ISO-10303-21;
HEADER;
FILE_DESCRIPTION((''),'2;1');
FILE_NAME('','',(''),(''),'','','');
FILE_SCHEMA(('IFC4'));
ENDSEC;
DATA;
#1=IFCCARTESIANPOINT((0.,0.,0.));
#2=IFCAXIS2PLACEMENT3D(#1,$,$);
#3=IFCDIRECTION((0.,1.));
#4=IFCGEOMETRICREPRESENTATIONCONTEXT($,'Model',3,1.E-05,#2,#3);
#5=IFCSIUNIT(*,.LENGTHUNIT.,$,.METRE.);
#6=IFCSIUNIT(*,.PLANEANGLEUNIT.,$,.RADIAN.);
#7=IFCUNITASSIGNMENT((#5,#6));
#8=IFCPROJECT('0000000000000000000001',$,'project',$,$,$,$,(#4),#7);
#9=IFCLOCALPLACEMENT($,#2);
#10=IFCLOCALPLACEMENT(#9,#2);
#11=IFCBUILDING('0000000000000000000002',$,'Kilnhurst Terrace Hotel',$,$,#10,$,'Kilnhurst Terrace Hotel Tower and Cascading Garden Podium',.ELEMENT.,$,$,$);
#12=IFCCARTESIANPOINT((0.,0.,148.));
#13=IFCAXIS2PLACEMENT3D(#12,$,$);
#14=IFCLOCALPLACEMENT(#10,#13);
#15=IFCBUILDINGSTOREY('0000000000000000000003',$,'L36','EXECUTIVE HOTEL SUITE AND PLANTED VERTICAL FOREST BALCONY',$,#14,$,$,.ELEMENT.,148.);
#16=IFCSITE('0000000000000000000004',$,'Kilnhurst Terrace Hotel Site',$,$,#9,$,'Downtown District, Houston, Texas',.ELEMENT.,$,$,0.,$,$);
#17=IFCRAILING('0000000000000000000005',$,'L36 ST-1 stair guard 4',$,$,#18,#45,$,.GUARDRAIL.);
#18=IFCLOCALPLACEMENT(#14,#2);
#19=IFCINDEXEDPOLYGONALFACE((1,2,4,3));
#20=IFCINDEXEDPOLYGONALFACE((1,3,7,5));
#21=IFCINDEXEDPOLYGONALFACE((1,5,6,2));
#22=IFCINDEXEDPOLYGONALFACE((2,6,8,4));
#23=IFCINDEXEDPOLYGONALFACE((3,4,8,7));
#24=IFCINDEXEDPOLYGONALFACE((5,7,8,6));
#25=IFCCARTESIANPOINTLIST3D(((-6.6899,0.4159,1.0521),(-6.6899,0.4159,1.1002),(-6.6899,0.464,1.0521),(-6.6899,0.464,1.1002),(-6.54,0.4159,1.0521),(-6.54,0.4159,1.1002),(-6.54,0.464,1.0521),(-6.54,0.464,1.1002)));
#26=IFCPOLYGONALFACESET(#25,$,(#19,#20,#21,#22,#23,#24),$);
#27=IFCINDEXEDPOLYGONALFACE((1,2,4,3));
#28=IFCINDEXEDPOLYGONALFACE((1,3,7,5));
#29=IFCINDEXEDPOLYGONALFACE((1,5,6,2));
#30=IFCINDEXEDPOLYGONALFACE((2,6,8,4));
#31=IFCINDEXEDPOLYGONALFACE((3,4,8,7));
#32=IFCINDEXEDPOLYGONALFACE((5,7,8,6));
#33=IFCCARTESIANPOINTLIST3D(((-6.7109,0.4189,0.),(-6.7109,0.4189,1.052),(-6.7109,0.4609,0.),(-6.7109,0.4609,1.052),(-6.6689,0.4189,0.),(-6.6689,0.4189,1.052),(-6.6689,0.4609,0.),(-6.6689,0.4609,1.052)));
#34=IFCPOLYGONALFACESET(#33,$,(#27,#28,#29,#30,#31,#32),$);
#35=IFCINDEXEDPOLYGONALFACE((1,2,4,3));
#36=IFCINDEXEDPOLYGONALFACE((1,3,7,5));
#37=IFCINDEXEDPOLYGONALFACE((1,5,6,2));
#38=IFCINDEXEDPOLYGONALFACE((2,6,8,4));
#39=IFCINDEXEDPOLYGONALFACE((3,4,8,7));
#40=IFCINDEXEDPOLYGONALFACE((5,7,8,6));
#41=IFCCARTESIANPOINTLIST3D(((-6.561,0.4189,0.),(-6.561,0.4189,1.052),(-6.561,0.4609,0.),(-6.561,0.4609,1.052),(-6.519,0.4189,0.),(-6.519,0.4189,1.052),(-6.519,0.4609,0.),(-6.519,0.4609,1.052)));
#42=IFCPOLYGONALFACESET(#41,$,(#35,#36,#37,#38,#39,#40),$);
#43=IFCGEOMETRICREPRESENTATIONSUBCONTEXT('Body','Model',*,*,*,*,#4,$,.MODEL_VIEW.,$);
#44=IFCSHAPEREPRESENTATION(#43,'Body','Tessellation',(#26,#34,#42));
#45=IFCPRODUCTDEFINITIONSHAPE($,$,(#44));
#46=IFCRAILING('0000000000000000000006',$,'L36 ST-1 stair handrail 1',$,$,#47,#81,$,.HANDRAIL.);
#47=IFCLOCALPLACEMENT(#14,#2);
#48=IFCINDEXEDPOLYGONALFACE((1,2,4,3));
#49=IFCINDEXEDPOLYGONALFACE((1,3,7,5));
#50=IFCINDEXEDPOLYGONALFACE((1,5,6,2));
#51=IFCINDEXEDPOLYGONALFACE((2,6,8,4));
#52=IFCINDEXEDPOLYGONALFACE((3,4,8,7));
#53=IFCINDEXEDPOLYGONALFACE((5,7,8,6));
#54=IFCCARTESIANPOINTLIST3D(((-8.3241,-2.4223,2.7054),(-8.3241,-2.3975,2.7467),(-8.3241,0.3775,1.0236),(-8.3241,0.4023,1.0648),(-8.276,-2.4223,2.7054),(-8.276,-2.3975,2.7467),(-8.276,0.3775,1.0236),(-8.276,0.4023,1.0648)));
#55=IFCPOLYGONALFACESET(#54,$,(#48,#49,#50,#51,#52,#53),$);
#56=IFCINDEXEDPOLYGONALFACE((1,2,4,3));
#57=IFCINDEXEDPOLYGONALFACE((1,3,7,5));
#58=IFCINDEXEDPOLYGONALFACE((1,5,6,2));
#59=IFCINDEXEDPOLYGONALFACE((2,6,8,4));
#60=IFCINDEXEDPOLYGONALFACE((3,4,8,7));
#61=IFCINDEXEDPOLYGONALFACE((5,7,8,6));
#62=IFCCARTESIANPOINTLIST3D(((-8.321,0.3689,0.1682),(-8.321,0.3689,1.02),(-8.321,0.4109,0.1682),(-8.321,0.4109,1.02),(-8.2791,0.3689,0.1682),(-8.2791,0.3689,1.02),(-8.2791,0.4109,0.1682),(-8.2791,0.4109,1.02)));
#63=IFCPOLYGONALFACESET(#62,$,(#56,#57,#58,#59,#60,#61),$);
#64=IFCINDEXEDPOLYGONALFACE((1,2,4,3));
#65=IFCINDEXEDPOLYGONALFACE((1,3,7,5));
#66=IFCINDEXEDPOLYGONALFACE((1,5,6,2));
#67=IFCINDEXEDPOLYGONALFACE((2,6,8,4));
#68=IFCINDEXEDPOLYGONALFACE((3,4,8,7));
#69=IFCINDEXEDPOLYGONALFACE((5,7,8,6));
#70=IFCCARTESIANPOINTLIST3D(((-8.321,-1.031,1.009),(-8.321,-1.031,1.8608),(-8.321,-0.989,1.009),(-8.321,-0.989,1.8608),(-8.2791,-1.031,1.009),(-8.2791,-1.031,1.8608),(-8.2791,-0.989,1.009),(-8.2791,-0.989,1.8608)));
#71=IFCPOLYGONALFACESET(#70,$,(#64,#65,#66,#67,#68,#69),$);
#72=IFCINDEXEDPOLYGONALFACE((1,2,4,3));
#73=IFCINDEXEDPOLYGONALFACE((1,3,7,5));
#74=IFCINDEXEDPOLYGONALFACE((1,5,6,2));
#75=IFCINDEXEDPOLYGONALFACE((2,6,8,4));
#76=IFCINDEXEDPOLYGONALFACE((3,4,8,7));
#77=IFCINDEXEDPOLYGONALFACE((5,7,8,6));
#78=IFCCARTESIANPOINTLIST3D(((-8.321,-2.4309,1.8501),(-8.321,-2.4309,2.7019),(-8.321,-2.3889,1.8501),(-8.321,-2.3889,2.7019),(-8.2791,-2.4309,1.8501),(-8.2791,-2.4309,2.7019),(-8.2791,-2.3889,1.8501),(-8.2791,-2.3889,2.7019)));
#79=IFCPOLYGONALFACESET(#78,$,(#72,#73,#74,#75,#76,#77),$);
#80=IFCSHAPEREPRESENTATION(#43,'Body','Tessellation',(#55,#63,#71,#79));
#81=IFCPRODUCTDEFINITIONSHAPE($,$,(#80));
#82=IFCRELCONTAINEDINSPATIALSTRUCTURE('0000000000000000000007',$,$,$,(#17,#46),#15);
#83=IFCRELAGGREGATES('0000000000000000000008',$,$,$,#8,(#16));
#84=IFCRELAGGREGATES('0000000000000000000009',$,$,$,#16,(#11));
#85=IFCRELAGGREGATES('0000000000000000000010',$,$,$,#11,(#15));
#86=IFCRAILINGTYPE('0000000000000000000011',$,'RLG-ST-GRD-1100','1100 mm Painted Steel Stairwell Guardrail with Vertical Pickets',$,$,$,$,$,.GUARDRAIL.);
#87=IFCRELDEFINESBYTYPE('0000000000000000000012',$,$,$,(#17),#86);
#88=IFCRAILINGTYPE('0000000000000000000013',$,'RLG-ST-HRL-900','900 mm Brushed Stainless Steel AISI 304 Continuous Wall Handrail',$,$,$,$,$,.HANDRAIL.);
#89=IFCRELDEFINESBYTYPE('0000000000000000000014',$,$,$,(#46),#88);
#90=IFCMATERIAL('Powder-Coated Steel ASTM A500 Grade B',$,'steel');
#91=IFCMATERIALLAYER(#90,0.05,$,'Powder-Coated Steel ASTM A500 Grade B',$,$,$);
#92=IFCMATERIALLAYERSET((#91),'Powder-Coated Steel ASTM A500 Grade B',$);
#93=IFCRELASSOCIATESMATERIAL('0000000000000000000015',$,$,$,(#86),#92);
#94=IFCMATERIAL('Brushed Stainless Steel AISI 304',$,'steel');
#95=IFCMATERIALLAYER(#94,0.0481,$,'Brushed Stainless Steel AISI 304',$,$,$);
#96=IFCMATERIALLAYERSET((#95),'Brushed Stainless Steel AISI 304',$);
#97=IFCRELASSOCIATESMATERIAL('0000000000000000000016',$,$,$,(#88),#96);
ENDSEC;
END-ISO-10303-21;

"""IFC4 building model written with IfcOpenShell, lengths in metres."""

from ifc_helpers import new_model, si_unit, direction, frame, origin, origin_2d, place, context, subcontext, project, spatial, rectangle, extrude, material, layer, layer_set, type_object, element, save


model = new_model("IFC4")

# Units and contexts
model_context = context("Model", 3, precision=1e-05, world=origin(), true_north=direction((0.0, 1.0)))
body_context = subcontext(model_context, "Body", "Model", "MODEL_VIEW")
ifc_project = project(units=[si_unit("LENGTHUNIT", "METRE"), si_unit("PLANEANGLEUNIT", "RADIAN")], contexts=[model_context])

# Site, building, storey
site_placement = place(None, origin())
site = spatial("IfcSite", under=ifc_project, at=site_placement, Name="Kilnhurst Terrace Hotel Site", LongName="Downtown District, Houston, Texas", CompositionType="ELEMENT", RefElevation=0.0)
building_placement = place(site_placement, origin())
building = spatial("IfcBuilding", under=site, at=building_placement, Name="Kilnhurst Terrace Hotel", LongName="Kilnhurst Terrace Hotel Tower and Cascading Garden Podium", CompositionType="ELEMENT")
storey_placement = place(building_placement, frame((0.0, 0.0, 148.0)))
storey = spatial("IfcBuildingStorey", under=building, at=storey_placement, Name="L36", Description="EXECUTIVE HOTEL SUITE AND PLANTED VERTICAL FOREST BALCONY", CompositionType="ELEMENT", Elevation=148.0)

# Railings
ifc_material_1 = material(Name="Powder-Coated Steel ASTM A500 Grade B", Category="steel")
ifc_layer_1 = layer(ifc_material_1, 0.05, Name="Powder-Coated Steel ASTM A500 Grade B")
ifc_layer_set_1 = layer_set([ifc_layer_1], Name="Powder-Coated Steel ASTM A500 Grade B")
railing_type_1 = type_object("IfcRailingType", Name="RLG-ST-GRD-1100", Description="1100 mm Painted Steel Stairwell Guardrail with Vertical Pickets", PredefinedType="GUARDRAIL", material=ifc_layer_set_1)
railing_1_placement = place(storey_placement, frame((-6.6899, 0.4399, 0.0)))
element("IfcRailing", 1, at=railing_1_placement, inside=storey, type_object=railing_type_1, Name="L36 ST-1 stair guard 4", PredefinedType="GUARDRAIL", context=body_context, shape_type="SweptSolid", body=[
    extrude(rectangle(XDim=0.0481, YDim=0.0481, at=origin_2d()), frame((0.0, 0.0, 1.0762), z_axis=(1.0, 0.0, 0.0), x_axis=(0.0, 1.0, 0.0)), (0.0, 0.0, 1.0), 0.1499),
    extrude(rectangle(XDim=0.042, YDim=0.042, at=origin_2d()), origin(), (0.0, 0.0, 1.0), 1.052),
    extrude(rectangle(XDim=0.042, YDim=0.042, at=origin_2d()), frame((0.1499, 0.0, 0.0)), (0.0, 0.0, 1.0), 1.052),
])
ifc_material_2 = material(Name="Brushed Stainless Steel AISI 304", Category="steel")
ifc_layer_2 = layer(ifc_material_2, 0.0481, Name="Brushed Stainless Steel AISI 304")
ifc_layer_set_2 = layer_set([ifc_layer_2], Name="Brushed Stainless Steel AISI 304")
railing_type_2 = type_object("IfcRailingType", Name="RLG-ST-HRL-900", Description="900 mm Brushed Stainless Steel AISI 304 Continuous Wall Handrail", PredefinedType="HANDRAIL", material=ifc_layer_set_2)
railing_2_placement = place(storey_placement, frame((-8.3, 0.3899, 0.1682)))
element("IfcRailing", 2, at=railing_2_placement, inside=storey, type_object=railing_type_2, Name="L36 ST-1 stair handrail 1", PredefinedType="HANDRAIL", context=body_context, shape_type="SweptSolid", body=[
    extrude(rectangle(XDim=0.0481, YDim=0.0481, at=origin_2d()), frame((0.0, 0.0, 0.876), z_axis=(0.0, -0.857222, 0.514946), x_axis=(1.0, 0.0, 0.0)), (0.0, 0.0, 1.0), 3.2661),
    extrude(rectangle(XDim=0.042, YDim=0.042, at=origin_2d()), origin(), (0.0, 0.0, 1.0), 0.8518),
    extrude(rectangle(XDim=0.042, YDim=0.042, at=origin_2d()), frame((0.0, -1.3999, 0.8408)), (0.0, 0.0, 1.0), 0.8518),
    extrude(rectangle(XDim=0.042, YDim=0.042, at=origin_2d()), frame((0.0, -2.7998, 1.6819)), (0.0, 0.0, 1.0), 0.8518),
])

save(model, "model.ifc")
